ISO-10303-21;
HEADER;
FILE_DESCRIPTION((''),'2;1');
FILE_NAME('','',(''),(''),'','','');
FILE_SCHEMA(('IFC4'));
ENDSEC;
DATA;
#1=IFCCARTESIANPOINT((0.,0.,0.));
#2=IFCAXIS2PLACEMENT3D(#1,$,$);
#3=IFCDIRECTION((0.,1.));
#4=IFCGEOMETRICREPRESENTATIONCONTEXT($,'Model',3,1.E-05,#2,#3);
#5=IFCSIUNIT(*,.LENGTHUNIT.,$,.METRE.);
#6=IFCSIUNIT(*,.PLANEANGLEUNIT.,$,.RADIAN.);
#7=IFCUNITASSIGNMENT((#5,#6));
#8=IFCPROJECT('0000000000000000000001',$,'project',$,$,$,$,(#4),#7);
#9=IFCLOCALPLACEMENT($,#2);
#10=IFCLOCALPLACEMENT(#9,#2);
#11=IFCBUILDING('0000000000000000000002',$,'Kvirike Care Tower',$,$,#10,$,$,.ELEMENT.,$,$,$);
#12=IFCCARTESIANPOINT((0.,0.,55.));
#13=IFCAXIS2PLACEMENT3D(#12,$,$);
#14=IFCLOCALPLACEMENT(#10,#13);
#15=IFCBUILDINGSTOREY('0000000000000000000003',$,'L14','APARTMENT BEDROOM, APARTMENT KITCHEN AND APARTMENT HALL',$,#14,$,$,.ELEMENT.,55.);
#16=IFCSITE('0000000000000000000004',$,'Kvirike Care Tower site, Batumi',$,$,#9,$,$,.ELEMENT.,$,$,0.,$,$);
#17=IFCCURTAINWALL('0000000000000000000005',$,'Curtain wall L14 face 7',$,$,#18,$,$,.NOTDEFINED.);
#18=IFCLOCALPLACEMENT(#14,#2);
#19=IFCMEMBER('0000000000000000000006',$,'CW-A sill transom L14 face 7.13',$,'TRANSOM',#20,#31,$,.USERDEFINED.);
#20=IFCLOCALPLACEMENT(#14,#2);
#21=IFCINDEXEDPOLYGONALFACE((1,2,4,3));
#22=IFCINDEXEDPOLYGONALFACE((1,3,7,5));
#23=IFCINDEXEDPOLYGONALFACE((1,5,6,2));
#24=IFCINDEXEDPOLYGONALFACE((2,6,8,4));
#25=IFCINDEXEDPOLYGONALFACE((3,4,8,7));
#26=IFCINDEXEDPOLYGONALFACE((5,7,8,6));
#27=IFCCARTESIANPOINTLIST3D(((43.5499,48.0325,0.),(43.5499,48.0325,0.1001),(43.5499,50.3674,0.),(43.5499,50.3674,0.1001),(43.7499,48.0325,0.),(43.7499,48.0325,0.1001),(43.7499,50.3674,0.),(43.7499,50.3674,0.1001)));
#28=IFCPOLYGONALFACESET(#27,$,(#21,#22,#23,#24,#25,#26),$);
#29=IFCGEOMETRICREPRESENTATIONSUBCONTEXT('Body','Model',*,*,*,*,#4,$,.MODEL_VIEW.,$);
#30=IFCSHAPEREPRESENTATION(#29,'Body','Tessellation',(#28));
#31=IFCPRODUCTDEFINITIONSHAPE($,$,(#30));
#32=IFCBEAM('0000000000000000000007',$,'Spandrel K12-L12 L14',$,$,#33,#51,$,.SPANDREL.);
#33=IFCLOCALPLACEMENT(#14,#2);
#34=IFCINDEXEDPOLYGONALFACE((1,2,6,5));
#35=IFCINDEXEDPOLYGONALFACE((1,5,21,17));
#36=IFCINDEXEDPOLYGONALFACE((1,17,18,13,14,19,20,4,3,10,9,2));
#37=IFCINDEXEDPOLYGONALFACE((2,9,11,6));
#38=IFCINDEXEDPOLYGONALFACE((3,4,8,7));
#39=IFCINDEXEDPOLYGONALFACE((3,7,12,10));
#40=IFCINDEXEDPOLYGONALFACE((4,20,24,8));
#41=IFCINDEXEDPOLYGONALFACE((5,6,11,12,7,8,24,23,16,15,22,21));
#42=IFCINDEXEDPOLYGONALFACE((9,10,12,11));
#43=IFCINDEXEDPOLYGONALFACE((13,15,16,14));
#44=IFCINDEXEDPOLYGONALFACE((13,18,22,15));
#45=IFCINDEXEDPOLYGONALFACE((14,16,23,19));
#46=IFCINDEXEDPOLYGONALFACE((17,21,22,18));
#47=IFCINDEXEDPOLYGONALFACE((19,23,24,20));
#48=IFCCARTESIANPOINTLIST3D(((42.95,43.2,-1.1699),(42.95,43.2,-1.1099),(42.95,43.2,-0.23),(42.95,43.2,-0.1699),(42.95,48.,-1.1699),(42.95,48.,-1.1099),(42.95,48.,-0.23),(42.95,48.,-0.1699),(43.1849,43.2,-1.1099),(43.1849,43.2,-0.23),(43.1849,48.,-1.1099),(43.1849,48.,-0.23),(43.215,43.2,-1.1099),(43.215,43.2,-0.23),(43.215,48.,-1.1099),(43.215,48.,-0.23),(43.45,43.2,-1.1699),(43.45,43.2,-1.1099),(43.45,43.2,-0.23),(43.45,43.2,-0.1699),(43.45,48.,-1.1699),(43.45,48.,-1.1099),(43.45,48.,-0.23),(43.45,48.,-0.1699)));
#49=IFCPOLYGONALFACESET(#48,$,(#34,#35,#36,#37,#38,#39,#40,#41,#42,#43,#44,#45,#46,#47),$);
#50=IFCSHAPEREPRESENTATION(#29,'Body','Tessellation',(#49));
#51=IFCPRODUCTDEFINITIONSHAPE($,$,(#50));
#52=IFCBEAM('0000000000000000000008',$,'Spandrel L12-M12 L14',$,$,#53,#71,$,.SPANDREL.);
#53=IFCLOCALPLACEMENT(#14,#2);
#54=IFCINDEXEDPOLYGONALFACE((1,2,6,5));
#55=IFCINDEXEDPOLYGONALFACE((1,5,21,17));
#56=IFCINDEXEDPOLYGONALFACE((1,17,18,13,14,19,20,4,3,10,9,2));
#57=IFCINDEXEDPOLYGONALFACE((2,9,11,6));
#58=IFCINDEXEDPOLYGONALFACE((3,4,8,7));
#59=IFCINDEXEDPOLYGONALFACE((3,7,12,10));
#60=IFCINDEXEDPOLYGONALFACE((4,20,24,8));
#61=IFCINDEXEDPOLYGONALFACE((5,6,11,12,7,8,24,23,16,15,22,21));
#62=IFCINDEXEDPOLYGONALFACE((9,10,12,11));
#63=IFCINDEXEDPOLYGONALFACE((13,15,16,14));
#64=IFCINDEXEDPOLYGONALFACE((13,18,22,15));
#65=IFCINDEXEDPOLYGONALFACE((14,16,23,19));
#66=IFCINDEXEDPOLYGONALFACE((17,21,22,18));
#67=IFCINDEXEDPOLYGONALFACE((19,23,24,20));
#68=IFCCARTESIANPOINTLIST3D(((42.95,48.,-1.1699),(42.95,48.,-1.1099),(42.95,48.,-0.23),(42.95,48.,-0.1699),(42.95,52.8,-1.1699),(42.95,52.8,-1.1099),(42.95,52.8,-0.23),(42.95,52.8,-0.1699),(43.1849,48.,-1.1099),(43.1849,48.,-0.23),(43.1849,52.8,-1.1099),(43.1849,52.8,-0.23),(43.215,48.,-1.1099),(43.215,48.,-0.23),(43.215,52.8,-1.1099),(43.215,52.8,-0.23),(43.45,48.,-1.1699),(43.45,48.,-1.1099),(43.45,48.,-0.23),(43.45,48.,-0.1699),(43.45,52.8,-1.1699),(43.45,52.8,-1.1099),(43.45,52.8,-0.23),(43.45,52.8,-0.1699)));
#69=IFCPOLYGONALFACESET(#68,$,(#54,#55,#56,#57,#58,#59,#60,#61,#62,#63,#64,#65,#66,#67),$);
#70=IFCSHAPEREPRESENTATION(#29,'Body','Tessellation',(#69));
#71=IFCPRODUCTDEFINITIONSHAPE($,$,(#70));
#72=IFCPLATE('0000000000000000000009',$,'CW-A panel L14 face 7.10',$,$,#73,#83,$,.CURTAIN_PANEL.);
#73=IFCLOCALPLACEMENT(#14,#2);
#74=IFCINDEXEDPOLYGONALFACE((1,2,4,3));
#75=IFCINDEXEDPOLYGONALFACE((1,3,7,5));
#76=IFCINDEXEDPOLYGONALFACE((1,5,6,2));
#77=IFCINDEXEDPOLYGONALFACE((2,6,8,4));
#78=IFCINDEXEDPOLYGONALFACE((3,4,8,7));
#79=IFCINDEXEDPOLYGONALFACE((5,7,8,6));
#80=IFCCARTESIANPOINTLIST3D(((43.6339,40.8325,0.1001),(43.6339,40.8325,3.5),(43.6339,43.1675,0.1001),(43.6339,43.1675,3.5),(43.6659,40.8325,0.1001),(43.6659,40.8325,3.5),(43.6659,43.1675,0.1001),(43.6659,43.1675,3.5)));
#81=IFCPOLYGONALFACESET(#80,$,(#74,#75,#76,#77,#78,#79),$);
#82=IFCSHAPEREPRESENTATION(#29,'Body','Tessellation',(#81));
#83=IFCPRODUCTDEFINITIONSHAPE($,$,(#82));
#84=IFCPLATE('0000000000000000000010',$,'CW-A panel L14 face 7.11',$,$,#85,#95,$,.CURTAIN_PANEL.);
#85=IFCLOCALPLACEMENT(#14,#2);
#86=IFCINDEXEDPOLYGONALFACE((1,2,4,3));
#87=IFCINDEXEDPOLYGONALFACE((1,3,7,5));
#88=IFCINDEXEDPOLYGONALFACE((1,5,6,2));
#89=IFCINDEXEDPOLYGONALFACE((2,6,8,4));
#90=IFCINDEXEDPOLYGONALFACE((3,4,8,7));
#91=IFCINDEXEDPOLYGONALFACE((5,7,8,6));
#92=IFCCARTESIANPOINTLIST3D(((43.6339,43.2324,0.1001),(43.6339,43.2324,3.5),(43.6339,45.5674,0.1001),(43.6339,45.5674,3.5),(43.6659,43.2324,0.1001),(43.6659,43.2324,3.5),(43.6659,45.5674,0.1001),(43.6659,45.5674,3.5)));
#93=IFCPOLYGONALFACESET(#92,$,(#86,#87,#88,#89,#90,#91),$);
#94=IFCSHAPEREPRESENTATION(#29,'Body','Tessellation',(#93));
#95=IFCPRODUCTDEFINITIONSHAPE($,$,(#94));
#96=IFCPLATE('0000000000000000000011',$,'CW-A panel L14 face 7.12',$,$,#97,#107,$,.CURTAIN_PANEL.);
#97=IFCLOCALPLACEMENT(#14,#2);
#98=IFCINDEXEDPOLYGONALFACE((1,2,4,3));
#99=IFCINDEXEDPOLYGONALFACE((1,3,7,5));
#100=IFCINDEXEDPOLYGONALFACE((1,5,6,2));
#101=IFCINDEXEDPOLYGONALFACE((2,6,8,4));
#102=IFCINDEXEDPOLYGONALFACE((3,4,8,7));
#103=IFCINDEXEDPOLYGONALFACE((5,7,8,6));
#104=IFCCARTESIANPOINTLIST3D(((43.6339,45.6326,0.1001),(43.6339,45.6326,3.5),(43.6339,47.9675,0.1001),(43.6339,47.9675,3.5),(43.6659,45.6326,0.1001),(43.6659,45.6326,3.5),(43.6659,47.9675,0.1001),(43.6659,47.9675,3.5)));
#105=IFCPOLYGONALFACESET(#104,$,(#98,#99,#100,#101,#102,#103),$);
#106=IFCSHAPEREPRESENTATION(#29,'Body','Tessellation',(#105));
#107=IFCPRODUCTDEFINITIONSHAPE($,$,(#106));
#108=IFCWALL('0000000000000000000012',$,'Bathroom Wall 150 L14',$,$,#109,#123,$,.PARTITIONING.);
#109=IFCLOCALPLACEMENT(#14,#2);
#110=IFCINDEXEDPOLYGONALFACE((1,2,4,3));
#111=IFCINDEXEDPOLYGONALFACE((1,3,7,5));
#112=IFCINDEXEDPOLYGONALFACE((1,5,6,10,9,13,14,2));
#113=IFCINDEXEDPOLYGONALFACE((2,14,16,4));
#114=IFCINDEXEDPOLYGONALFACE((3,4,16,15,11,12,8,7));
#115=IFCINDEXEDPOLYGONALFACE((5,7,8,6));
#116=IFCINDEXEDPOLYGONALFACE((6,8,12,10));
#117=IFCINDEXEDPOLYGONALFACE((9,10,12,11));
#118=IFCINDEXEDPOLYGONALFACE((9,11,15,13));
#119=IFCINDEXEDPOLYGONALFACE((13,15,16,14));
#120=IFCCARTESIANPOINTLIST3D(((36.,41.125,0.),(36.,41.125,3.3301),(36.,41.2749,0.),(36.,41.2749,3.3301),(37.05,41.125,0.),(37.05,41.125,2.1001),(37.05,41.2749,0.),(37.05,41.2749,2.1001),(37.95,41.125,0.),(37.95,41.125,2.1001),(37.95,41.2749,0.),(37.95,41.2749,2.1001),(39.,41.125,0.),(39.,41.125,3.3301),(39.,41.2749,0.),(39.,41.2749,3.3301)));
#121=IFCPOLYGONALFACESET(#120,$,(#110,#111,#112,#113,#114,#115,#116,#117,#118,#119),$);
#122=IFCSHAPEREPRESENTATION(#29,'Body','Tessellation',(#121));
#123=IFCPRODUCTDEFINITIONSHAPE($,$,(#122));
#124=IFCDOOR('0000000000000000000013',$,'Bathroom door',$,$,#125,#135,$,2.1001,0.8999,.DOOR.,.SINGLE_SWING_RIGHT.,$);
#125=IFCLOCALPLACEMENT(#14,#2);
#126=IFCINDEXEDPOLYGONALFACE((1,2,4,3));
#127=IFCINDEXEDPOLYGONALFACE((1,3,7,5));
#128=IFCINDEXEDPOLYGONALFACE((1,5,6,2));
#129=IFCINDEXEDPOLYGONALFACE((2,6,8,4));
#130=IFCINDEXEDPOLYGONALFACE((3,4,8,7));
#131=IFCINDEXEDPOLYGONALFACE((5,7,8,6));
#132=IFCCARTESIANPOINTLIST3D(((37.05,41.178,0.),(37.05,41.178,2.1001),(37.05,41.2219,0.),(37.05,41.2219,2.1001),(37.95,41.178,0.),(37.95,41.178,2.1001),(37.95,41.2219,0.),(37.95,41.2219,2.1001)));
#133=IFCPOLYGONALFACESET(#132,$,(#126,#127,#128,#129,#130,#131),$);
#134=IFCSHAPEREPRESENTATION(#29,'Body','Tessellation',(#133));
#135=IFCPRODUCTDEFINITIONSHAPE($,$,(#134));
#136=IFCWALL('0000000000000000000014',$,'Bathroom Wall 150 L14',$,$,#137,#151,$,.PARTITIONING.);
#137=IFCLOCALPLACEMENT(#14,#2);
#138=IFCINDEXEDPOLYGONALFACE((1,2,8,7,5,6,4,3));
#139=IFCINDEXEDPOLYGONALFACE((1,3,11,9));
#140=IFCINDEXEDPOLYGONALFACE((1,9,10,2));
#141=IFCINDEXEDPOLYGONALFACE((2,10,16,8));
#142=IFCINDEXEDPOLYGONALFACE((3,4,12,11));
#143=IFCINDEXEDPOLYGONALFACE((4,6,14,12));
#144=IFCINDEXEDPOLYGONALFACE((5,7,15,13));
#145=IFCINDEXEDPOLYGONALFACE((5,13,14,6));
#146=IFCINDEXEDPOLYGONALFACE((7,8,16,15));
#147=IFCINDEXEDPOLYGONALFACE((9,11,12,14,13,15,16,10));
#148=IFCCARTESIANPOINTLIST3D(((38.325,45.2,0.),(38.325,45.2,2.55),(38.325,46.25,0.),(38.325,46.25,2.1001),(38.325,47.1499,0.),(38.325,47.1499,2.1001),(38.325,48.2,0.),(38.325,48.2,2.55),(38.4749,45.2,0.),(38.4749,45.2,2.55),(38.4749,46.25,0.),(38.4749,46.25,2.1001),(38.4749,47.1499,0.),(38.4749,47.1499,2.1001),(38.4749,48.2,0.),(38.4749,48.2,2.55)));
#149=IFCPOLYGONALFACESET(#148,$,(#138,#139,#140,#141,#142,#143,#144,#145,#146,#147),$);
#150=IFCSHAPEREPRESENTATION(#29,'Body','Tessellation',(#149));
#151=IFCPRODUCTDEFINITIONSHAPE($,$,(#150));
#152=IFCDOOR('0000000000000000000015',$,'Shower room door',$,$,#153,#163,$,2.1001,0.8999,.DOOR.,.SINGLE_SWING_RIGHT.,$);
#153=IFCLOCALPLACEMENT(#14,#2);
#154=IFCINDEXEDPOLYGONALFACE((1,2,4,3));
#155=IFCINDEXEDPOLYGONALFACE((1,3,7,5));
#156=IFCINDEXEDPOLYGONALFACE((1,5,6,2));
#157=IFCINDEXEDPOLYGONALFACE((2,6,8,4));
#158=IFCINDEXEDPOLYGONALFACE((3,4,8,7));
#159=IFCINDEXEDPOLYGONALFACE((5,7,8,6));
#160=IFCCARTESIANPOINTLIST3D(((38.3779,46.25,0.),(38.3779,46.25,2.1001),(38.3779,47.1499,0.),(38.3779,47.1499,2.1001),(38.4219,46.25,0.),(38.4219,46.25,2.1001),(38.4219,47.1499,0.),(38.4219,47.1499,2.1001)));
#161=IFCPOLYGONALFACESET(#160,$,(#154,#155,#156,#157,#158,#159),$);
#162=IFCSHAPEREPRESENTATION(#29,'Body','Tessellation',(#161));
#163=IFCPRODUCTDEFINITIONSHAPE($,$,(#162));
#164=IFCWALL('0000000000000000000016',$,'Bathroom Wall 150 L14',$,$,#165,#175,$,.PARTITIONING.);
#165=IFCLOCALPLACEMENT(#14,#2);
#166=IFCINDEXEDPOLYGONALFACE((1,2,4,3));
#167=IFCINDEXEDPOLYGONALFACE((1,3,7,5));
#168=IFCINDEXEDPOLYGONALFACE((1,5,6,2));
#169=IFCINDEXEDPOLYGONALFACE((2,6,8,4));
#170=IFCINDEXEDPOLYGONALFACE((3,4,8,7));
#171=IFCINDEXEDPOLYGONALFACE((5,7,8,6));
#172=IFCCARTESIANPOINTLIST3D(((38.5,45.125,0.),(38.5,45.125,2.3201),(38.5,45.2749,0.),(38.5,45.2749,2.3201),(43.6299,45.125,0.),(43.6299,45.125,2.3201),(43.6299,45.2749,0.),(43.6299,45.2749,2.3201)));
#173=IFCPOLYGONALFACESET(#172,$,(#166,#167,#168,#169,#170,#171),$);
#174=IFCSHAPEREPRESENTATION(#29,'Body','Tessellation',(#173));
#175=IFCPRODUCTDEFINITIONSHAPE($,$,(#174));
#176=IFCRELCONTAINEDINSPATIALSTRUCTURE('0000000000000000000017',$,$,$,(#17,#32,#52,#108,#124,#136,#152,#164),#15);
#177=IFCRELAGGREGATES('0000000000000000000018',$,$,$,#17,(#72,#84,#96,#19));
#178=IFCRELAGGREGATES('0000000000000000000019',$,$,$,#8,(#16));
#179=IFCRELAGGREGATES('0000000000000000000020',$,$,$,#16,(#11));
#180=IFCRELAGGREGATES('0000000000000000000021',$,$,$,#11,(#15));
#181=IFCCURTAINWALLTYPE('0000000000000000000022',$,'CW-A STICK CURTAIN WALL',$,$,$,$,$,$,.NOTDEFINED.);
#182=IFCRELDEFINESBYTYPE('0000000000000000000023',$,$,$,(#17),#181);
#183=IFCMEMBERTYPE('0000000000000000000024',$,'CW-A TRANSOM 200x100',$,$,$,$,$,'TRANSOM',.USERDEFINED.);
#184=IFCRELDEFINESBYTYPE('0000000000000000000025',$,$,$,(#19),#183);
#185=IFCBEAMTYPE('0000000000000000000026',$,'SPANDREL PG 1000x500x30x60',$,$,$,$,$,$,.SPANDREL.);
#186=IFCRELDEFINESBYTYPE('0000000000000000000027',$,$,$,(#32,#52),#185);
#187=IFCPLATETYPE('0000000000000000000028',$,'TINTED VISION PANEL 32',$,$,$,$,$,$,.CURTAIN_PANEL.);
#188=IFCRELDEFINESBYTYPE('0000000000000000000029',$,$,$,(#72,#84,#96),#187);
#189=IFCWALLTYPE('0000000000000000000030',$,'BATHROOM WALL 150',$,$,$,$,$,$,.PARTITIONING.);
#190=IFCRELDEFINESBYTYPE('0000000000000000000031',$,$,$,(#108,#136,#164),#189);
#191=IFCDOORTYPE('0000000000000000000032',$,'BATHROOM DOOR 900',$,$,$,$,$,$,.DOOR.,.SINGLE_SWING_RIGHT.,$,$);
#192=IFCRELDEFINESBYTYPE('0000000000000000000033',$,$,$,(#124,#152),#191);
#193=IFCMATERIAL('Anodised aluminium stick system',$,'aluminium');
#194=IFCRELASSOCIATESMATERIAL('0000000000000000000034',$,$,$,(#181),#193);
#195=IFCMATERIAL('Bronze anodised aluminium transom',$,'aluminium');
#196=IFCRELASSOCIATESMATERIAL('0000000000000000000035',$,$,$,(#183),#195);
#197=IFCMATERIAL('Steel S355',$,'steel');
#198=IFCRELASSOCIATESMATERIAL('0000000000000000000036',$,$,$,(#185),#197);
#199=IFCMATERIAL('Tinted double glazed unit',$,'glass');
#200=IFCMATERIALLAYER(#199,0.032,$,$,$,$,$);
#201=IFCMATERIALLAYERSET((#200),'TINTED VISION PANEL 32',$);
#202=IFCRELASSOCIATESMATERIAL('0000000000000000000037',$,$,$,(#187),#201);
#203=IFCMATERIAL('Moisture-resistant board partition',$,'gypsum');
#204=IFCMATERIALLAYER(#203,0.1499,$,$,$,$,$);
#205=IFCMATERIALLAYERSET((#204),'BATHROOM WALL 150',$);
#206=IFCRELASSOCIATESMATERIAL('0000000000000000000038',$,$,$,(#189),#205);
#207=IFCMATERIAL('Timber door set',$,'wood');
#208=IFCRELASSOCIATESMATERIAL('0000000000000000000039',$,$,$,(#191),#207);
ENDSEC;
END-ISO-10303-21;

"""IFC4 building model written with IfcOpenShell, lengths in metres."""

from ifc_helpers import new_model, si_unit, direction, frame, frame_2d, origin, origin_2d, place, context, subcontext, project, spatial, rectangle, i_section, extrude, material, layer, layer_set, material_profile, profile_set, type_object, element, fill, aggregate, save


model = new_model("IFC4")

# Units and contexts
model_context = context("Model", 3, precision=1e-05, world=origin(), true_north=direction((0.0, 1.0)))
body_context = subcontext(model_context, "Body", "Model", "MODEL_VIEW")
ifc_project = project(units=[si_unit("LENGTHUNIT", "METRE"), si_unit("PLANEANGLEUNIT", "RADIAN")], contexts=[model_context])

# Site, building, storey
site_placement = place(None, origin())
site = spatial("IfcSite", under=ifc_project, at=site_placement, Name="Kvirike Care Tower site, Batumi", CompositionType="ELEMENT", RefElevation=0.0)
building_placement = place(site_placement, origin())
building = spatial("IfcBuilding", under=site, at=building_placement, Name="Kvirike Care Tower", CompositionType="ELEMENT")
storey_placement = place(building_placement, frame((0.0, 0.0, 55.0)))
storey = spatial("IfcBuildingStorey", under=building, at=storey_placement, Name="L14", Description="APARTMENT BEDROOM, APARTMENT KITCHEN AND APARTMENT HALL", CompositionType="ELEMENT", Elevation=55.0)

# Curtain wall, member
ifc_material_1 = material(Name="Anodised aluminium stick system", Category="aluminium")
curtain_wall_type = type_object("IfcCurtainWallType", Name="CW-A STICK CURTAIN WALL", PredefinedType="NOTDEFINED", material=ifc_material_1)
curtain_wall_placement = place(storey_placement, origin())
curtain_wall = element("IfcCurtainWall", 1, at=curtain_wall_placement, inside=storey, type_object=curtain_wall_type, Name="Curtain wall L14 face 7", PredefinedType="NOTDEFINED")
ifc_material_2 = material(Name="Bronze anodised aluminium transom", Category="aluminium")
ifc_material_profile_1 = material_profile(ifc_material_2, rectangle(XDim=0.2, YDim=0.1001, at=origin_2d()), Name="CW-A TRANSOM 200x100")
ifc_profile_set_1 = profile_set([ifc_material_profile_1], Name="Bronze anodised aluminium transom")
member_type_1 = type_object("IfcMemberType", Name="CW-A TRANSOM 200x100", ElementType="TRANSOM", PredefinedType="USERDEFINED", material=ifc_profile_set_1)
member_1_placement = place(storey_placement, frame((43.6499, 48.0325, 0.05), z_axis=(0.0, 1.0, 0.0), x_axis=(-1.0, 0.0, 0.0)))
member_1 = element("IfcMember", 2, at=member_1_placement, type_object=member_type_1, Name="CW-A sill transom L14 face 7.13", ObjectType="TRANSOM", PredefinedType="USERDEFINED", context=body_context, shape_type="SweptSolid", body=[
    extrude(rectangle(XDim=0.2, YDim=0.1001, at=origin_2d()), origin(), (0.0, 0.0, 1.0), 2.335),
])

# Beams
ifc_material_3 = material(Name="Steel S355", Category="steel")
ifc_material_profile_2 = material_profile(ifc_material_3, i_section(OverallWidth=0.5, OverallDepth=1.0, WebThickness=0.03, FlangeThickness=0.0601, at=origin_2d()), Name="PG 1000x500x30x60")
ifc_profile_set_2 = profile_set([ifc_material_profile_2], Name="Steel S355")
beam_type = type_object("IfcBeamType", Name="SPANDREL PG 1000x500x30x60", PredefinedType="SPANDREL", material=ifc_profile_set_2)
for number, where, z_axis, x_axis, name in (
    (3, (43.2, 43.2, -0.6699), (0.0, 1.0, 0.0), (-1.0, 0.0, 0.0), "Spandrel K12-L12 L14"),
    (4, (43.2, 48.0, -0.6699), (0.0, 1.0, 0.0), (-1.0, 0.0, 0.0), "Spandrel L12-M12 L14"),
):
    element("IfcBeam", number, at=place(storey_placement, frame(where, z_axis=z_axis, x_axis=x_axis)), inside=storey, type_object=beam_type, Name=name, PredefinedType="SPANDREL", context=body_context, shape_type="SweptSolid", body=[
        extrude(i_section(OverallWidth=0.5, OverallDepth=1.0, WebThickness=0.03, FlangeThickness=0.0601, at=origin_2d()), origin(), (0.0, 0.0, 1.0), 4.8),
    ])

# Plates
ifc_material_4 = material(Name="Tinted double glazed unit", Category="glass")
ifc_layer_1 = layer(ifc_material_4, 0.032)
ifc_layer_set_1 = layer_set([ifc_layer_1], Name="TINTED VISION PANEL 32")
plate_type = type_object("IfcPlateType", Name="TINTED VISION PANEL 32", PredefinedType="CURTAIN_PANEL", material=ifc_layer_set_1)
plate_1_placement = place(storey_placement, frame((43.6499, 42.0, 0.1001), z_axis=(0.0, 0.0, 1.0), x_axis=(0.0, 1.0, 0.0)))
plate_1 = element("IfcPlate", 5, at=plate_1_placement, type_object=plate_type, Name="CW-A panel L14 face 7.10", PredefinedType="CURTAIN_PANEL", context=body_context, shape_type="SweptSolid", body=[
    extrude(rectangle(XDim=2.335, YDim=0.032, at=origin_2d()), origin(), (0.0, 0.0, 1.0), 3.3999),
])
plate_2_placement = place(storey_placement, frame((43.6499, 44.3999, 0.1001), z_axis=(0.0, 0.0, 1.0), x_axis=(0.0, 1.0, 0.0)))
plate_2 = element("IfcPlate", 6, at=plate_2_placement, type_object=plate_type, Name="CW-A panel L14 face 7.11", PredefinedType="CURTAIN_PANEL", context=body_context, shape_type="SweptSolid", body=[
    extrude(rectangle(XDim=2.335, YDim=0.032, at=origin_2d()), origin(), (0.0, 0.0, 1.0), 3.3999),
])
plate_3_placement = place(storey_placement, frame((43.6499, 46.8, 0.1001), z_axis=(0.0, 0.0, 1.0), x_axis=(0.0, 1.0, 0.0)))
plate_3 = element("IfcPlate", 7, at=plate_3_placement, type_object=plate_type, Name="CW-A panel L14 face 7.12", PredefinedType="CURTAIN_PANEL", context=body_context, shape_type="SweptSolid", body=[
    extrude(rectangle(XDim=2.335, YDim=0.032, at=origin_2d()), origin(), (0.0, 0.0, 1.0), 3.3999),
])
aggregate(curtain_wall, [plate_1, plate_2, plate_3, member_1])

# Walls, openings, doors
ifc_material_5 = material(Name="Moisture-resistant board partition", Category="gypsum")
ifc_layer_2 = layer(ifc_material_5, 0.1499)
ifc_layer_set_2 = layer_set([ifc_layer_2], Name="BATHROOM WALL 150")
wall_type_1 = type_object("IfcWallType", Name="BATHROOM WALL 150", PredefinedType="PARTITIONING", material=ifc_layer_set_2)
wall_1_placement = place(storey_placement, frame((39.0, 41.2, 0.0), z_axis=(0.0, 0.0, 1.0), x_axis=(-1.0, 0.0, 0.0)))
wall_1 = element("IfcWall", 8, at=wall_1_placement, inside=storey, type_object=wall_type_1, Name="Bathroom Wall 150 L14", PredefinedType="PARTITIONING", context=body_context, shape_type="SweptSolid", body=[
    extrude(rectangle(XDim=3.0, YDim=0.1499, at=frame_2d((1.5, 0.0))), origin(), (0.0, 0.0, 1.0), 3.3301),
])
opening_1_placement = place(wall_1_placement, frame((1.05, 0.0, 0.0)))
opening_1 = element("IfcOpeningElement", 9, at=opening_1_placement, cuts=wall_1, PredefinedType="OPENING", context=body_context, shape_type="SweptSolid", body=[
    extrude(rectangle(XDim=0.8999, YDim=2.1001, at=frame_2d((0.45, 1.05))), frame((0.0, 0.0854, 0.0), z_axis=(0.0, -1.0, 0.0), x_axis=(1.0, 0.0, 0.0)), (0.0, 0.0, 1.0), 0.1709),
])
ifc_material_6 = material(Name="Timber door set", Category="wood")
door_type = type_object("IfcDoorType", Name="BATHROOM DOOR 900", OperationType="SINGLE_SWING_RIGHT", PredefinedType="DOOR", material=ifc_material_6)
door_1_placement = place(opening_1_placement, origin())
door_1 = element("IfcDoor", 10, at=door_1_placement, inside=storey, type_object=door_type, Name="Bathroom door", OperationType="SINGLE_SWING_RIGHT", OverallHeight=2.1001, OverallWidth=0.8999, PredefinedType="DOOR", context=body_context, shape_type="SweptSolid", body=[
    extrude(rectangle(XDim=0.8999, YDim=2.1001, at=frame_2d((0.45, 1.05))), frame((0.0, 0.022, 0.0), z_axis=(0.0, -1.0, 0.0), x_axis=(1.0, 0.0, 0.0)), (0.0, 0.0, 1.0), 0.0439),
])
fill(opening_1, door_1)
wall_2_placement = place(storey_placement, frame((38.3999, 48.2, 0.0), z_axis=(0.0, 0.0, 1.0), x_axis=(0.0, -1.0, 0.0)))
wall_2 = element("IfcWall", 11, at=wall_2_placement, inside=storey, type_object=wall_type_1, Name="Bathroom Wall 150 L14", PredefinedType="PARTITIONING", context=body_context, shape_type="SweptSolid", body=[
    extrude(rectangle(XDim=3.0, YDim=0.1499, at=frame_2d((1.5, 0.0))), origin(), (0.0, 0.0, 1.0), 2.55),
])
opening_2_placement = place(wall_2_placement, frame((1.05, 0.0, 0.0)))
opening_2 = element("IfcOpeningElement", 12, at=opening_2_placement, cuts=wall_2, PredefinedType="OPENING", context=body_context, shape_type="SweptSolid", body=[
    extrude(rectangle(XDim=0.8999, YDim=2.1001, at=frame_2d((0.45, 1.05))), frame((0.0, 0.0854, 0.0), z_axis=(0.0, -1.0, 0.0), x_axis=(1.0, 0.0, 0.0)), (0.0, 0.0, 1.0), 0.1709),
])
door_2_placement = place(opening_2_placement, origin())
door_2 = element("IfcDoor", 13, at=door_2_placement, inside=storey, type_object=door_type, Name="Shower room door", OperationType="SINGLE_SWING_RIGHT", OverallHeight=2.1001, OverallWidth=0.8999, PredefinedType="DOOR", context=body_context, shape_type="SweptSolid", body=[
    extrude(rectangle(XDim=0.8999, YDim=2.1001, at=frame_2d((0.45, 1.05))), frame((0.0, 0.022, 0.0), z_axis=(0.0, -1.0, 0.0), x_axis=(1.0, 0.0, 0.0)), (0.0, 0.0, 1.0), 0.0439),
])
fill(opening_2, door_2)

# Wall
wall_3_placement = place(storey_placement, frame((43.6299, 45.2, 0.0), z_axis=(0.0, 0.0, 1.0), x_axis=(-1.0, 0.0, 0.0)))
element("IfcWall", 14, at=wall_3_placement, inside=storey, type_object=wall_type_1, Name="Bathroom Wall 150 L14", PredefinedType="PARTITIONING", context=body_context, shape_type="SweptSolid", body=[
    extrude(rectangle(XDim=5.1299, YDim=0.1499, at=frame_2d((2.5649, 0.0))), origin(), (0.0, 0.0, 1.0), 2.3201),
])

save(model, "model.ifc")
